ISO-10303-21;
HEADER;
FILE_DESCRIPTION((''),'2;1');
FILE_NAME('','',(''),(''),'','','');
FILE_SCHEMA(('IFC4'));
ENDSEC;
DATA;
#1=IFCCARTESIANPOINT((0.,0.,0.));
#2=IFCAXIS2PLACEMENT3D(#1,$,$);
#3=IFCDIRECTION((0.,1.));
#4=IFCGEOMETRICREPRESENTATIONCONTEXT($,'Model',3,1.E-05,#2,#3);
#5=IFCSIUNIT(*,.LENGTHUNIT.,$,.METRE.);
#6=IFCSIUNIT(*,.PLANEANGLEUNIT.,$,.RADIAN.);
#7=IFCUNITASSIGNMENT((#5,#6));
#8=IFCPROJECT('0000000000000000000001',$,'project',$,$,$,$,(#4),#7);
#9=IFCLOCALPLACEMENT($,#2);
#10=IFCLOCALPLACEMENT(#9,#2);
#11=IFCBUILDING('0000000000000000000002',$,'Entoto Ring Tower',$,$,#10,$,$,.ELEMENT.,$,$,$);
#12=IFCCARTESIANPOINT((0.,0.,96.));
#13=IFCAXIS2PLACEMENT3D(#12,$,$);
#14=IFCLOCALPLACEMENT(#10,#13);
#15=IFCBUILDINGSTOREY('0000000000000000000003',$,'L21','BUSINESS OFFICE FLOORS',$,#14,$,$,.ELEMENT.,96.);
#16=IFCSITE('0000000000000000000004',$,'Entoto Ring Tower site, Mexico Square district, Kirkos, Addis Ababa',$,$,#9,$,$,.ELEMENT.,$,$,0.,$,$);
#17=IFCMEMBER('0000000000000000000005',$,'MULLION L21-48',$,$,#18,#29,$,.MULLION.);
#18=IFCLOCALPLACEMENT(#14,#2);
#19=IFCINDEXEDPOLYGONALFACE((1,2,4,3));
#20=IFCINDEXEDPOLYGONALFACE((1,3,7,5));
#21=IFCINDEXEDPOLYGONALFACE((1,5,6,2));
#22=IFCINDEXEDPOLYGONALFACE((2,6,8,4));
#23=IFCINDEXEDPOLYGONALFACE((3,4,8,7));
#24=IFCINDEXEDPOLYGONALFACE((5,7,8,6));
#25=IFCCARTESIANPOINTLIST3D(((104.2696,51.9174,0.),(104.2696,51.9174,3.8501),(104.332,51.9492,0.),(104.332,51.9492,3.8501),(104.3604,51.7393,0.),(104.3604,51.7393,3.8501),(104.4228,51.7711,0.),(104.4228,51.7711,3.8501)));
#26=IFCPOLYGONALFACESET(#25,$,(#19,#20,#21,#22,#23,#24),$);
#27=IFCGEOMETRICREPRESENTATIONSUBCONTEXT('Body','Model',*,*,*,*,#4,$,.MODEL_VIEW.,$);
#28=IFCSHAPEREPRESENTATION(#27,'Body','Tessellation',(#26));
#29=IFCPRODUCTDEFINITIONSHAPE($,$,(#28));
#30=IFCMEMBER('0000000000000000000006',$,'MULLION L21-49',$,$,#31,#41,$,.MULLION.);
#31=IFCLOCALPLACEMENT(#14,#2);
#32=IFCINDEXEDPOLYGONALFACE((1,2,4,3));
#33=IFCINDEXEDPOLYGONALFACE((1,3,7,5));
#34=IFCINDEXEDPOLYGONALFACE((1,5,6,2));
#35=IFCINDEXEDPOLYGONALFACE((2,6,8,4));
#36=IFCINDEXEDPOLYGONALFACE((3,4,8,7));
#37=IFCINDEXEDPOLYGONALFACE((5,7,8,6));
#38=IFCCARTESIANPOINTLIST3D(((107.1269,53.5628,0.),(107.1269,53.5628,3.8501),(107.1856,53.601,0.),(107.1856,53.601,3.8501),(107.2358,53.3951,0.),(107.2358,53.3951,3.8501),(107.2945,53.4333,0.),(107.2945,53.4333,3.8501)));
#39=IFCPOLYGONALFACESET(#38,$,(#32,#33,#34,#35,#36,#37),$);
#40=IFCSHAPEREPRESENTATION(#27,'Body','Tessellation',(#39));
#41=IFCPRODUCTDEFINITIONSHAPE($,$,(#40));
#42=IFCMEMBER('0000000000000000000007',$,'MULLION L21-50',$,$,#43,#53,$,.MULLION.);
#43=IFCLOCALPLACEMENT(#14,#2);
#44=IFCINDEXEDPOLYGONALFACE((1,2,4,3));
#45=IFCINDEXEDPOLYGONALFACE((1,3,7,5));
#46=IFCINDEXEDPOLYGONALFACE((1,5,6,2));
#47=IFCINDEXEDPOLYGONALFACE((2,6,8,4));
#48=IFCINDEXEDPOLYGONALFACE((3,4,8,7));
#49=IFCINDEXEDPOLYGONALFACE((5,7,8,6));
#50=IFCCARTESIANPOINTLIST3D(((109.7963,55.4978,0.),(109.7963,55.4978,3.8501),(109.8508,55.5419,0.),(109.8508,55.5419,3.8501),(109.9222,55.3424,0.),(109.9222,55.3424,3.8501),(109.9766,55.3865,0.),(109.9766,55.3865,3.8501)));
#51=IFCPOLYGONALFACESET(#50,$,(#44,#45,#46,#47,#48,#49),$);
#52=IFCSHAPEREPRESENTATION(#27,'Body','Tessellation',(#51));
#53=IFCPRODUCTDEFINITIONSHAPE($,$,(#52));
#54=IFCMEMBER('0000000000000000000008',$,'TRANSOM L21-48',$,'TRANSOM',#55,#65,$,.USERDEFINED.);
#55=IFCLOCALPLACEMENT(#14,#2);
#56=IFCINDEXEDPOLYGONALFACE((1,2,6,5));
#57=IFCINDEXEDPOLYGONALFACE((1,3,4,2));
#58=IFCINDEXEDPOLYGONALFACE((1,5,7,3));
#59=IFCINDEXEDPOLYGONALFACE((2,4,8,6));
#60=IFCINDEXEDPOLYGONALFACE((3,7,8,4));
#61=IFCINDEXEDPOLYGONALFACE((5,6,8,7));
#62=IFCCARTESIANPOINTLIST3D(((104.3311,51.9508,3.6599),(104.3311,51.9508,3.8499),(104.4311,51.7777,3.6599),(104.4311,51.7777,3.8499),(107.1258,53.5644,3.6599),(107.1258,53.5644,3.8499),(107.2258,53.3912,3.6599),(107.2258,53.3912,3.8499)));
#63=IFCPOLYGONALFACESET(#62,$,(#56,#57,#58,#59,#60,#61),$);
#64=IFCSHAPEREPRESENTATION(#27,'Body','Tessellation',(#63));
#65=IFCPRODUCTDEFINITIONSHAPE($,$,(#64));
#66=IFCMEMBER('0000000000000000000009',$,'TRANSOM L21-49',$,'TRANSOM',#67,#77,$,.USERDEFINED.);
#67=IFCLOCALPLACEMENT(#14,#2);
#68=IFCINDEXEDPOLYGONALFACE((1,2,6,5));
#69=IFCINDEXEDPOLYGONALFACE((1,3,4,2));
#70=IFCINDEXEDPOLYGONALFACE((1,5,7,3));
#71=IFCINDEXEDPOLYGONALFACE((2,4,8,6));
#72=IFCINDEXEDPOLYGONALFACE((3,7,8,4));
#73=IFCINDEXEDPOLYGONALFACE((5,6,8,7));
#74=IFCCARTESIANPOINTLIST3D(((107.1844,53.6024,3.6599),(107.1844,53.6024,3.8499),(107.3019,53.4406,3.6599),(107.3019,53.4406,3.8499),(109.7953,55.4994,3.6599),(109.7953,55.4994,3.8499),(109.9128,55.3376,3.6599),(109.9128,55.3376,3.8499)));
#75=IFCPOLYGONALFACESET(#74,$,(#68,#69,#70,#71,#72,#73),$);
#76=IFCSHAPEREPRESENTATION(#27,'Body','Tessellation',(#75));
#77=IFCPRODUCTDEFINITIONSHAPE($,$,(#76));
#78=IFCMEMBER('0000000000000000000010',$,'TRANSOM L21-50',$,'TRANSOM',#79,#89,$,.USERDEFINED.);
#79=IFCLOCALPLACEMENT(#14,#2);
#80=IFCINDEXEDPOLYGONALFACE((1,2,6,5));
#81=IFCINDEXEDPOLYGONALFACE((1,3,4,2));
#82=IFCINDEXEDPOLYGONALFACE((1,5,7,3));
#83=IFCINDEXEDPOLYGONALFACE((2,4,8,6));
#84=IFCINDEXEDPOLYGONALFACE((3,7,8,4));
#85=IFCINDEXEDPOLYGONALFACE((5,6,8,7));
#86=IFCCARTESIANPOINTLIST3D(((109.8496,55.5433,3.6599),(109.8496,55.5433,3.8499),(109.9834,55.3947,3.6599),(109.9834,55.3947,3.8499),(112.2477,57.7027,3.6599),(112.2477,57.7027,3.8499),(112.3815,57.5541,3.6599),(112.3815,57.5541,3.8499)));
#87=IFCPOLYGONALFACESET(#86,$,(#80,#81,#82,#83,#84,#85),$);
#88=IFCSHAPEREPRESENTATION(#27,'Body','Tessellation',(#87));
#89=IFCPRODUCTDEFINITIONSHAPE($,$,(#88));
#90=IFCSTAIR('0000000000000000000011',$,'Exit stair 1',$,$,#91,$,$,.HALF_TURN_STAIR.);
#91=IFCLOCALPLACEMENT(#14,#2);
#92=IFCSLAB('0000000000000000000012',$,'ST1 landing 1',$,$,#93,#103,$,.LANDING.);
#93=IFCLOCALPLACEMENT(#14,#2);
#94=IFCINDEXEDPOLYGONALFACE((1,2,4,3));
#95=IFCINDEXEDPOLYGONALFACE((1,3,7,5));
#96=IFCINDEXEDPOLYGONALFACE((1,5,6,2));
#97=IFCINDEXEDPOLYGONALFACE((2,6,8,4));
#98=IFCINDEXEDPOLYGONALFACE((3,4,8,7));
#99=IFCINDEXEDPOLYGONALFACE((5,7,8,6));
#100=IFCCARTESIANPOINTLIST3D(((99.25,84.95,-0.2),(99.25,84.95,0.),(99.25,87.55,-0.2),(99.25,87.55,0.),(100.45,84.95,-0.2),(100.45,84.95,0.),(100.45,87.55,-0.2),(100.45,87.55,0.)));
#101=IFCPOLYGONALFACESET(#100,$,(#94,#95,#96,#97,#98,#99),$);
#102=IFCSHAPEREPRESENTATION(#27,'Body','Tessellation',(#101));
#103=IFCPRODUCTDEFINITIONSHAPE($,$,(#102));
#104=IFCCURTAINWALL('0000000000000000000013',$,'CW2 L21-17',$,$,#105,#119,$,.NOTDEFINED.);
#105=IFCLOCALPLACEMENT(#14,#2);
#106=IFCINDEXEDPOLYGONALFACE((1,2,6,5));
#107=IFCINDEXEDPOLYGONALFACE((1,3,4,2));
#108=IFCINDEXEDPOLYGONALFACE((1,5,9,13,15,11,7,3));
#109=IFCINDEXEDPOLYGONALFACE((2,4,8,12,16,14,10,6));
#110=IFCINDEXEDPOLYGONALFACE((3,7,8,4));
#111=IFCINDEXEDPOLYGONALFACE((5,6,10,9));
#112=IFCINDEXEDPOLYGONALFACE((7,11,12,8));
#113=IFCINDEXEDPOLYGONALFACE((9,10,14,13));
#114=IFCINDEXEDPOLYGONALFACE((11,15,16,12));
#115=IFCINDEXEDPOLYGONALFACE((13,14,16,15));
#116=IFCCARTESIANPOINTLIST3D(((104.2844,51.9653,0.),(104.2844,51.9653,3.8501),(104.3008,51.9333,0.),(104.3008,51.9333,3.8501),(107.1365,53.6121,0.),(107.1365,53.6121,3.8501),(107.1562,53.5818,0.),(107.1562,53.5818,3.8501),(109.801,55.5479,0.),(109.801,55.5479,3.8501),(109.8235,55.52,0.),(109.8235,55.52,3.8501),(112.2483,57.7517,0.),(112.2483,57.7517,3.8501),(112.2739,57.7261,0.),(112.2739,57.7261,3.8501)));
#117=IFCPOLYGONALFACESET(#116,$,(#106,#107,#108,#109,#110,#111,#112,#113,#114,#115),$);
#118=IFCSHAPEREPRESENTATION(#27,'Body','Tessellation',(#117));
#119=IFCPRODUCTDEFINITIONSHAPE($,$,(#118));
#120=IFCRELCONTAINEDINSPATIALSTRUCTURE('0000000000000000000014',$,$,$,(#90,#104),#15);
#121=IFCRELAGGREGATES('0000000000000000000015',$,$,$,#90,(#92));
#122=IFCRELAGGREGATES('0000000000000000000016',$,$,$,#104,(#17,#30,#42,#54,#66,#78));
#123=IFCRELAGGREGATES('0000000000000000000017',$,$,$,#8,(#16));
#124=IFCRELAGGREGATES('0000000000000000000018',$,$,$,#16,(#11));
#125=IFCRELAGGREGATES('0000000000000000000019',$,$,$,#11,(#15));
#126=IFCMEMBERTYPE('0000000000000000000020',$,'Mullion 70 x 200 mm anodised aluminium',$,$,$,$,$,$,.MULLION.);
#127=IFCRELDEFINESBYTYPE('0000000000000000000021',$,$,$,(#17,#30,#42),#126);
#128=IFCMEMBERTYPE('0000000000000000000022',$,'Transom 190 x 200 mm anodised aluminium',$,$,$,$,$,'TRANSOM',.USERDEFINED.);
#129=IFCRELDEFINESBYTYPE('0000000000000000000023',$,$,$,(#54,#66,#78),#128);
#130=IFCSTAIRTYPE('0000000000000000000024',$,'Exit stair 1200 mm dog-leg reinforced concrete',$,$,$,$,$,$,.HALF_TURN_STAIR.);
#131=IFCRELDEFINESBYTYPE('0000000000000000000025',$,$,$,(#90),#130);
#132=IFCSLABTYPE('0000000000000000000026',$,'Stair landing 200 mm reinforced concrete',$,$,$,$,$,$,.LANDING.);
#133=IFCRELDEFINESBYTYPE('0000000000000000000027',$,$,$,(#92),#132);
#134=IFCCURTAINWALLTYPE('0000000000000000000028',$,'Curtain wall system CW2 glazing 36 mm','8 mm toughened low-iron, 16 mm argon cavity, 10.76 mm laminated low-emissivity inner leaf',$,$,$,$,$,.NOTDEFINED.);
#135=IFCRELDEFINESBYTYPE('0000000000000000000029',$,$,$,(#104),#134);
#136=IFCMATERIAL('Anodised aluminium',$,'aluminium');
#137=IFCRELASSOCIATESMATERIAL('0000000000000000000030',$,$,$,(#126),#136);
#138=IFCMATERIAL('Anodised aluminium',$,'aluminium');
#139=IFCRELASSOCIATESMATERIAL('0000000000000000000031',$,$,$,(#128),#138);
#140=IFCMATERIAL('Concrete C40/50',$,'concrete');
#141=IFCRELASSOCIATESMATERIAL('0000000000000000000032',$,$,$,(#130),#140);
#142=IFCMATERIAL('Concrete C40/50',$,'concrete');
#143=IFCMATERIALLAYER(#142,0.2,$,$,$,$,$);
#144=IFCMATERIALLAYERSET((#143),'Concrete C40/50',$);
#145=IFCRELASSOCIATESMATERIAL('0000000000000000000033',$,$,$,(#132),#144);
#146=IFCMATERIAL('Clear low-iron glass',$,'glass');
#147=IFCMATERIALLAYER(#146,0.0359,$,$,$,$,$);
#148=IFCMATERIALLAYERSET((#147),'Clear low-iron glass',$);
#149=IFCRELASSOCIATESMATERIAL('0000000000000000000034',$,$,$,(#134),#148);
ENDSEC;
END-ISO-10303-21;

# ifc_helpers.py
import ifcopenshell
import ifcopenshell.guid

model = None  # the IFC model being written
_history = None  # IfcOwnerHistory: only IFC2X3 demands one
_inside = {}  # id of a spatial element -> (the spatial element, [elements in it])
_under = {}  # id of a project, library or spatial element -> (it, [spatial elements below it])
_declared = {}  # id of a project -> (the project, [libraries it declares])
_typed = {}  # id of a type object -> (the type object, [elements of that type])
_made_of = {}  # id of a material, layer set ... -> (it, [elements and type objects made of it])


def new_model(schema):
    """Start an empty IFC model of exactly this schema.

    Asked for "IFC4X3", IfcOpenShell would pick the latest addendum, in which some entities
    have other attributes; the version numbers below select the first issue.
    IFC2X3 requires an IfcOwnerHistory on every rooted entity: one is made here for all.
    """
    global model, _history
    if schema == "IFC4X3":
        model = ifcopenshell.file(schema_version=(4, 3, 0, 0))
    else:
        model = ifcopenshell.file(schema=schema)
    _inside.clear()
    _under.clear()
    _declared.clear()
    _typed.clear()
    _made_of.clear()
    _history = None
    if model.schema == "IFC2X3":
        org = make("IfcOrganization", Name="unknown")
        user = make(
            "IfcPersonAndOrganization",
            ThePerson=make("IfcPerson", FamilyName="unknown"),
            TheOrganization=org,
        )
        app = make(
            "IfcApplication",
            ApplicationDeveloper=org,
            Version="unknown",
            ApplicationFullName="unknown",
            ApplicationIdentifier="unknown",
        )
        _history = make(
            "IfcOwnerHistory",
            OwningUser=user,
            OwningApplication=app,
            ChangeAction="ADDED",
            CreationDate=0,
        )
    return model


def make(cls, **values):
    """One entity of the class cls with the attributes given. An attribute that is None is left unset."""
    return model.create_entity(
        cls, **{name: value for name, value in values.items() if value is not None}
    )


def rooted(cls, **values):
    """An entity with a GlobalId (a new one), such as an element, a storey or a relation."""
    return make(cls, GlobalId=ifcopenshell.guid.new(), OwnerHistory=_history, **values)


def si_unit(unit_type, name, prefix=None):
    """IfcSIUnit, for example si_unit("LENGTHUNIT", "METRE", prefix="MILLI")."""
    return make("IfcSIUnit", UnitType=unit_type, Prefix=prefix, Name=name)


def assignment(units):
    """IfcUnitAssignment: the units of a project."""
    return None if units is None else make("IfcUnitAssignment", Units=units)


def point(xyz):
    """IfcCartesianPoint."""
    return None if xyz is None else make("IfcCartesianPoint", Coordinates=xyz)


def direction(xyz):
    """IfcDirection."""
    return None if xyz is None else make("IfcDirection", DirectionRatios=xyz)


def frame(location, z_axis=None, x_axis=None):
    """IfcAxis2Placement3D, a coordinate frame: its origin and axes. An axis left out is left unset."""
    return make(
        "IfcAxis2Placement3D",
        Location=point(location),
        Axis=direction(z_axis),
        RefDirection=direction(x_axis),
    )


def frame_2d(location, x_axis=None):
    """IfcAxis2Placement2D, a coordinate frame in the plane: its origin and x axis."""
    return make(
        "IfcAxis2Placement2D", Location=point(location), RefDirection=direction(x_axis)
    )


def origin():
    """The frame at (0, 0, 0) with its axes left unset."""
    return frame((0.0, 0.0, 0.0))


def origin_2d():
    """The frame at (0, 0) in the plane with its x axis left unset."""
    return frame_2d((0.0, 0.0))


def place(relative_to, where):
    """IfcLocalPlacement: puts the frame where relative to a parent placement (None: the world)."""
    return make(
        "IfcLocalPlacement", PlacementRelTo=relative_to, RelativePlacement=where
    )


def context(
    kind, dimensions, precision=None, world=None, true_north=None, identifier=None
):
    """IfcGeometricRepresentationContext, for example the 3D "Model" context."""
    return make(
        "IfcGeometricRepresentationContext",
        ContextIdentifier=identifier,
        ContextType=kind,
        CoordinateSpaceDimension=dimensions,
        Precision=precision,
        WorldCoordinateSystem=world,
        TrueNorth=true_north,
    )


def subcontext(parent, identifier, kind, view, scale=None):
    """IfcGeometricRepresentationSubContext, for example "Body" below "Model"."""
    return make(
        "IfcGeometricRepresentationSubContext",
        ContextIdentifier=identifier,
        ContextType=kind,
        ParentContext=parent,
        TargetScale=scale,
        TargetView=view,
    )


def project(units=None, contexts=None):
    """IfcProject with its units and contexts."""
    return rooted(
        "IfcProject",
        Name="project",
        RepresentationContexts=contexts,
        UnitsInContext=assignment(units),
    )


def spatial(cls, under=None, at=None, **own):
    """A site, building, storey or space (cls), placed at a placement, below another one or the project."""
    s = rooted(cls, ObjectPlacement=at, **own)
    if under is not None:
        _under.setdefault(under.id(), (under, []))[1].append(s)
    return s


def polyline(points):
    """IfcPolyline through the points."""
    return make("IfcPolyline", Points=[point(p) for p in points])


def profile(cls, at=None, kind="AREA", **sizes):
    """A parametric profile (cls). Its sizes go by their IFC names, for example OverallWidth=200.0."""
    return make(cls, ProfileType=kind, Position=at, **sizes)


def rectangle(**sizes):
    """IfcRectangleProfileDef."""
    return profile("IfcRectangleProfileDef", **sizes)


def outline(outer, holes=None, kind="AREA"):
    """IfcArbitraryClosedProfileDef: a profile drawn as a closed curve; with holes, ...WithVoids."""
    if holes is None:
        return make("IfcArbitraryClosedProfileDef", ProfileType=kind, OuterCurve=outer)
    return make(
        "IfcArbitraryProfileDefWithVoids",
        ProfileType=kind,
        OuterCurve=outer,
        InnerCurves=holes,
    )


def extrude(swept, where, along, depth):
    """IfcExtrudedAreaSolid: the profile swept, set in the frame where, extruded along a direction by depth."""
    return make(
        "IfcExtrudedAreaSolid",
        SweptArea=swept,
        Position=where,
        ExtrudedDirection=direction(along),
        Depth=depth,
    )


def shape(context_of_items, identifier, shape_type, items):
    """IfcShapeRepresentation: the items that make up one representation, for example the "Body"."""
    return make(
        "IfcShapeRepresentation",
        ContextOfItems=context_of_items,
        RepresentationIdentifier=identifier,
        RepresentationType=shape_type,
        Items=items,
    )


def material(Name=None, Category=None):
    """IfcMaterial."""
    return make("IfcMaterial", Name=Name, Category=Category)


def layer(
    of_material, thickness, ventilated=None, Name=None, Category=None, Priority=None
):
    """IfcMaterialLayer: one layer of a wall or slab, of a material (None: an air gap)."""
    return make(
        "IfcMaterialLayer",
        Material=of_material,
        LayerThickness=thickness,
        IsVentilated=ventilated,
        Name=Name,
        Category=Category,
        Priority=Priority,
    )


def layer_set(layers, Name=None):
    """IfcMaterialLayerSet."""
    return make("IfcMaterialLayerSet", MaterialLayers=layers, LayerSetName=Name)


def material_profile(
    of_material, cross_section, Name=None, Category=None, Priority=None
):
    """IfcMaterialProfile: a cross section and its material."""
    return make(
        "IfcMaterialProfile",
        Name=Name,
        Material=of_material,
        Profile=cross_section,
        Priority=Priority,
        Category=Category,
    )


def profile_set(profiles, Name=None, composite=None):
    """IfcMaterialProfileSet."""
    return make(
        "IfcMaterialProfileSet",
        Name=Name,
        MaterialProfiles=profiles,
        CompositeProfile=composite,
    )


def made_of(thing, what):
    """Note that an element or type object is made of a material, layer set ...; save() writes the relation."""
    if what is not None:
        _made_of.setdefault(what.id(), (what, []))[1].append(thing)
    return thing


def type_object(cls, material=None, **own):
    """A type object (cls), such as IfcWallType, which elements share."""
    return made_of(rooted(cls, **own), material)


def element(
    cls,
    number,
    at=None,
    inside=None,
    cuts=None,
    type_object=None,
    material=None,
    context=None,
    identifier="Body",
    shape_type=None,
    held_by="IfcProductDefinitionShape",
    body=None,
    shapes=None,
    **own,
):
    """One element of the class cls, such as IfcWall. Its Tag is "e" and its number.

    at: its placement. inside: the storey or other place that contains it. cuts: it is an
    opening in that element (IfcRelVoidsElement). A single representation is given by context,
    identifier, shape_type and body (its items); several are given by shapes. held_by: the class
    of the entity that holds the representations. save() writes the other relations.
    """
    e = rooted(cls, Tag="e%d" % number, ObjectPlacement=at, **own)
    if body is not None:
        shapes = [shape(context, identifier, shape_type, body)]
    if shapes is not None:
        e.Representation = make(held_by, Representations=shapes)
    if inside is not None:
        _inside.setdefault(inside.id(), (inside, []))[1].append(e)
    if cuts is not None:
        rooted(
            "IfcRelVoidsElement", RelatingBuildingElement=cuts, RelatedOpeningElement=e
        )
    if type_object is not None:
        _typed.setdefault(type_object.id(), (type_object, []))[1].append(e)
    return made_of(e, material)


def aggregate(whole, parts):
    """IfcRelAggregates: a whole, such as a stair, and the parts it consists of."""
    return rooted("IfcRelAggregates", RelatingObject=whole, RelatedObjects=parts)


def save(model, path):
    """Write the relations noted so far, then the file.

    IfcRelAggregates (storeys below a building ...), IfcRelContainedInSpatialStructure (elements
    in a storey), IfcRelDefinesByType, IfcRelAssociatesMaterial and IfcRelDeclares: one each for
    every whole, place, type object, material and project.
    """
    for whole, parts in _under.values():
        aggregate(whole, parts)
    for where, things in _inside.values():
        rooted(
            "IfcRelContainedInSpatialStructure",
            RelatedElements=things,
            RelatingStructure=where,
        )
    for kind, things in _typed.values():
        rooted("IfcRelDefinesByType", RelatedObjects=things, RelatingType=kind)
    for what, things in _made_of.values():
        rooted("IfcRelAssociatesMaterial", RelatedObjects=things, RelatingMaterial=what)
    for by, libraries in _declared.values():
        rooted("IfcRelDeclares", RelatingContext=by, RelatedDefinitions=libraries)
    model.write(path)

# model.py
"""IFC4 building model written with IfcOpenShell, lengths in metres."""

from ifc_helpers import new_model, si_unit, direction, frame, origin, origin_2d, place, context, subcontext, project, spatial, polyline, rectangle, outline, extrude, material, layer, layer_set, material_profile, profile_set, type_object, element, aggregate, save


model = new_model("IFC4")

# Units and contexts
model_context = context("Model", 3, precision=1e-05, world=origin(), true_north=direction((0.0, 1.0)))
body_context = subcontext(model_context, "Body", "Model", "MODEL_VIEW")
ifc_project = project(units=[si_unit("LENGTHUNIT", "METRE"), si_unit("PLANEANGLEUNIT", "RADIAN")], contexts=[model_context])

# Members
ifc_material_1 = material(Name="Anodised aluminium", Category="aluminium")
ifc_material_profile_1 = material_profile(ifc_material_1, rectangle(XDim=0.0701, YDim=0.2, at=origin_2d()), Name="Mullion 70 x 200 mm anodised aluminium")
ifc_profile_set_1 = profile_set([ifc_material_profile_1], Name="Anodised aluminium")
member_type_1 = type_object("IfcMemberType", Name="Mullion 70 x 200 mm anodised aluminium", PredefinedType="MULLION", material=ifc_profile_set_1)
site_placement = place(None, origin())
building_placement = place(site_placement, origin())
storey_placement = place(building_placement, frame((0.0, 0.0, 96.0)))
member_1_placement = place(storey_placement, frame((104.3462, 51.8442, 0.0), z_axis=(0.0, 0.0, 1.0), x_axis=(0.891007, 0.45399, 0.0)))
member_1 = element("IfcMember", 1, at=member_1_placement, type_object=member_type_1, Name="MULLION L21-48", PredefinedType="MULLION", context=body_context, shape_type="SweptSolid", body=[
    extrude(rectangle(XDim=0.0701, YDim=0.2, at=origin_2d()), origin(), (0.0, 0.0, 1.0), 3.8501),
])
member_2_placement = place(storey_placement, frame((107.2107, 53.498, 0.0), z_axis=(0.0, 0.0, 1.0), x_axis=(0.838671, 0.544639, 0.0)))
member_2 = element("IfcMember", 2, at=member_2_placement, type_object=member_type_1, Name="MULLION L21-49", PredefinedType="MULLION", context=body_context, shape_type="SweptSolid", body=[
    extrude(rectangle(XDim=0.0701, YDim=0.2, at=origin_2d()), origin(), (0.0, 0.0, 1.0), 3.8501),
])
member_3_placement = place(storey_placement, frame((109.8865, 55.4421, 0.0), z_axis=(0.0, 0.0, 1.0), x_axis=(0.777146, 0.62932, 0.0)))
member_3 = element("IfcMember", 3, at=member_3_placement, type_object=member_type_1, Name="MULLION L21-50", PredefinedType="MULLION", context=body_context, shape_type="SweptSolid", body=[
    extrude(rectangle(XDim=0.0701, YDim=0.2, at=origin_2d()), origin(), (0.0, 0.0, 1.0), 3.8501),
])
ifc_material_2 = material(Name="Anodised aluminium", Category="aluminium")
ifc_material_profile_2 = material_profile(ifc_material_2, rectangle(XDim=0.2, YDim=0.1899, at=origin_2d()), Name="Transom 190 x 200 mm anodised aluminium")
ifc_profile_set_2 = profile_set([ifc_material_profile_2], Name="Anodised aluminium")
member_type_2 = type_object("IfcMemberType", Name="Transom 190 x 200 mm anodised aluminium", ElementType="TRANSOM", PredefinedType="USERDEFINED", material=ifc_profile_set_2)
member_4_placement = place(storey_placement, frame((104.3811, 51.8643, 3.7549), z_axis=(0.866023, 0.500004, 0.0), x_axis=(-0.500004, 0.866023, 0.0)))
member_4 = element("IfcMember", 4, at=member_4_placement, type_object=member_type_2, Name="TRANSOM L21-48", ObjectType="TRANSOM", PredefinedType="USERDEFINED", context=body_context, shape_type="SweptSolid", body=[
    extrude(rectangle(XDim=0.2, YDim=0.1899, at=origin_2d()), origin(), (0.0, 0.0, 1.0), 3.2271),
])
member_5_placement = place(storey_placement, frame((107.2432, 53.5215, 3.7549), z_axis=(0.809004, 0.587803, 0.0), x_axis=(-0.587803, 0.809004, 0.0)))
member_5 = element("IfcMember", 5, at=member_5_placement, type_object=member_type_2, Name="TRANSOM L21-49", ObjectType="TRANSOM", PredefinedType="USERDEFINED", context=body_context, shape_type="SweptSolid", body=[
    extrude(rectangle(XDim=0.2, YDim=0.1899, at=origin_2d()), origin(), (0.0, 0.0, 1.0), 3.2273),
])
member_6_placement = place(storey_placement, frame((109.9165, 55.469, 3.7549), z_axis=(0.743132, 0.669144, 0.0), x_axis=(-0.669144, 0.743132, 0.0)))
member_6 = element("IfcMember", 6, at=member_6_placement, type_object=member_type_2, Name="TRANSOM L21-50", ObjectType="TRANSOM", PredefinedType="USERDEFINED", context=body_context, shape_type="SweptSolid", body=[
    extrude(rectangle(XDim=0.2, YDim=0.1899, at=origin_2d()), origin(), (0.0, 0.0, 1.0), 3.2271),
])

# Site, building, storey
site = spatial("IfcSite", under=ifc_project, at=site_placement, Name="Entoto Ring Tower site, Mexico Square district, Kirkos, Addis Ababa", CompositionType="ELEMENT", RefElevation=0.0)
building = spatial("IfcBuilding", under=site, at=building_placement, Name="Entoto Ring Tower", CompositionType="ELEMENT")
storey = spatial("IfcBuildingStorey", under=building, at=storey_placement, Name="L21", Description="BUSINESS OFFICE FLOORS", CompositionType="ELEMENT", Elevation=96.0)

# Stair, slab
ifc_material_3 = material(Name="Concrete C40/50", Category="concrete")
stair_type = type_object("IfcStairType", Name="Exit stair 1200 mm dog-leg reinforced concrete", PredefinedType="HALF_TURN_STAIR", material=ifc_material_3)
stair_placement = place(storey_placement, origin())
stair = element("IfcStair", 7, at=stair_placement, inside=storey, type_object=stair_type, Name="Exit stair 1", PredefinedType="HALF_TURN_STAIR")
ifc_material_4 = material(Name="Concrete C40/50", Category="concrete")
ifc_layer_1 = layer(ifc_material_4, 0.2)
ifc_layer_set_1 = layer_set([ifc_layer_1], Name="Concrete C40/50")
slab_type = type_object("IfcSlabType", Name="Stair landing 200 mm reinforced concrete", PredefinedType="LANDING", material=ifc_layer_set_1)
slab_placement = place(storey_placement, frame((0.0, 0.0, -0.2)))
slab = element("IfcSlab", 8, at=slab_placement, type_object=slab_type, Name="ST1 landing 1", PredefinedType="LANDING", context=body_context, shape_type="SweptSolid", body=[
    extrude(outline(polyline([(100.45, 84.95), (100.45, 87.55), (99.25, 87.55), (99.25, 84.95), (100.45, 84.95)])), origin(), (0.0, 0.0, 1.0), 0.2),
])
aggregate(stair, [slab])

# Curtain wall
ifc_material_5 = material(Name="Clear low-iron glass", Category="glass")
ifc_layer_2 = layer(ifc_material_5, 0.0359)
ifc_layer_set_2 = layer_set([ifc_layer_2], Name="Clear low-iron glass")
curtain_wall_type = type_object("IfcCurtainWallType", Name="Curtain wall system CW2 glazing 36 mm", Description="8 mm toughened low-iron, 16 mm argon cavity, 10.76 mm laminated low-emissivity inner leaf", PredefinedType="NOTDEFINED", material=ifc_layer_set_2)
curtain_wall_1_placement = place(storey_placement, origin())
curtain_wall_1 = element("IfcCurtainWall", 9, at=curtain_wall_1_placement, inside=storey, type_object=curtain_wall_type, Name="CW2 L21-17", PredefinedType="NOTDEFINED", context=body_context, shape_type="SweptSolid", body=[
    extrude(outline(polyline([(104.3008, 51.9333), (107.1562, 53.5818), (109.8235, 55.52), (112.2739, 57.7261), (112.2483, 57.7517), (109.801, 55.5479), (107.1365, 53.6121), (104.2844, 51.9653), (104.3008, 51.9333)])), origin(), (0.0, 0.0, 1.0), 3.8501),
])
aggregate(curtain_wall_1, [member_1, member_2, member_3, member_4, member_5, member_6])

save(model, "model.ifc")
